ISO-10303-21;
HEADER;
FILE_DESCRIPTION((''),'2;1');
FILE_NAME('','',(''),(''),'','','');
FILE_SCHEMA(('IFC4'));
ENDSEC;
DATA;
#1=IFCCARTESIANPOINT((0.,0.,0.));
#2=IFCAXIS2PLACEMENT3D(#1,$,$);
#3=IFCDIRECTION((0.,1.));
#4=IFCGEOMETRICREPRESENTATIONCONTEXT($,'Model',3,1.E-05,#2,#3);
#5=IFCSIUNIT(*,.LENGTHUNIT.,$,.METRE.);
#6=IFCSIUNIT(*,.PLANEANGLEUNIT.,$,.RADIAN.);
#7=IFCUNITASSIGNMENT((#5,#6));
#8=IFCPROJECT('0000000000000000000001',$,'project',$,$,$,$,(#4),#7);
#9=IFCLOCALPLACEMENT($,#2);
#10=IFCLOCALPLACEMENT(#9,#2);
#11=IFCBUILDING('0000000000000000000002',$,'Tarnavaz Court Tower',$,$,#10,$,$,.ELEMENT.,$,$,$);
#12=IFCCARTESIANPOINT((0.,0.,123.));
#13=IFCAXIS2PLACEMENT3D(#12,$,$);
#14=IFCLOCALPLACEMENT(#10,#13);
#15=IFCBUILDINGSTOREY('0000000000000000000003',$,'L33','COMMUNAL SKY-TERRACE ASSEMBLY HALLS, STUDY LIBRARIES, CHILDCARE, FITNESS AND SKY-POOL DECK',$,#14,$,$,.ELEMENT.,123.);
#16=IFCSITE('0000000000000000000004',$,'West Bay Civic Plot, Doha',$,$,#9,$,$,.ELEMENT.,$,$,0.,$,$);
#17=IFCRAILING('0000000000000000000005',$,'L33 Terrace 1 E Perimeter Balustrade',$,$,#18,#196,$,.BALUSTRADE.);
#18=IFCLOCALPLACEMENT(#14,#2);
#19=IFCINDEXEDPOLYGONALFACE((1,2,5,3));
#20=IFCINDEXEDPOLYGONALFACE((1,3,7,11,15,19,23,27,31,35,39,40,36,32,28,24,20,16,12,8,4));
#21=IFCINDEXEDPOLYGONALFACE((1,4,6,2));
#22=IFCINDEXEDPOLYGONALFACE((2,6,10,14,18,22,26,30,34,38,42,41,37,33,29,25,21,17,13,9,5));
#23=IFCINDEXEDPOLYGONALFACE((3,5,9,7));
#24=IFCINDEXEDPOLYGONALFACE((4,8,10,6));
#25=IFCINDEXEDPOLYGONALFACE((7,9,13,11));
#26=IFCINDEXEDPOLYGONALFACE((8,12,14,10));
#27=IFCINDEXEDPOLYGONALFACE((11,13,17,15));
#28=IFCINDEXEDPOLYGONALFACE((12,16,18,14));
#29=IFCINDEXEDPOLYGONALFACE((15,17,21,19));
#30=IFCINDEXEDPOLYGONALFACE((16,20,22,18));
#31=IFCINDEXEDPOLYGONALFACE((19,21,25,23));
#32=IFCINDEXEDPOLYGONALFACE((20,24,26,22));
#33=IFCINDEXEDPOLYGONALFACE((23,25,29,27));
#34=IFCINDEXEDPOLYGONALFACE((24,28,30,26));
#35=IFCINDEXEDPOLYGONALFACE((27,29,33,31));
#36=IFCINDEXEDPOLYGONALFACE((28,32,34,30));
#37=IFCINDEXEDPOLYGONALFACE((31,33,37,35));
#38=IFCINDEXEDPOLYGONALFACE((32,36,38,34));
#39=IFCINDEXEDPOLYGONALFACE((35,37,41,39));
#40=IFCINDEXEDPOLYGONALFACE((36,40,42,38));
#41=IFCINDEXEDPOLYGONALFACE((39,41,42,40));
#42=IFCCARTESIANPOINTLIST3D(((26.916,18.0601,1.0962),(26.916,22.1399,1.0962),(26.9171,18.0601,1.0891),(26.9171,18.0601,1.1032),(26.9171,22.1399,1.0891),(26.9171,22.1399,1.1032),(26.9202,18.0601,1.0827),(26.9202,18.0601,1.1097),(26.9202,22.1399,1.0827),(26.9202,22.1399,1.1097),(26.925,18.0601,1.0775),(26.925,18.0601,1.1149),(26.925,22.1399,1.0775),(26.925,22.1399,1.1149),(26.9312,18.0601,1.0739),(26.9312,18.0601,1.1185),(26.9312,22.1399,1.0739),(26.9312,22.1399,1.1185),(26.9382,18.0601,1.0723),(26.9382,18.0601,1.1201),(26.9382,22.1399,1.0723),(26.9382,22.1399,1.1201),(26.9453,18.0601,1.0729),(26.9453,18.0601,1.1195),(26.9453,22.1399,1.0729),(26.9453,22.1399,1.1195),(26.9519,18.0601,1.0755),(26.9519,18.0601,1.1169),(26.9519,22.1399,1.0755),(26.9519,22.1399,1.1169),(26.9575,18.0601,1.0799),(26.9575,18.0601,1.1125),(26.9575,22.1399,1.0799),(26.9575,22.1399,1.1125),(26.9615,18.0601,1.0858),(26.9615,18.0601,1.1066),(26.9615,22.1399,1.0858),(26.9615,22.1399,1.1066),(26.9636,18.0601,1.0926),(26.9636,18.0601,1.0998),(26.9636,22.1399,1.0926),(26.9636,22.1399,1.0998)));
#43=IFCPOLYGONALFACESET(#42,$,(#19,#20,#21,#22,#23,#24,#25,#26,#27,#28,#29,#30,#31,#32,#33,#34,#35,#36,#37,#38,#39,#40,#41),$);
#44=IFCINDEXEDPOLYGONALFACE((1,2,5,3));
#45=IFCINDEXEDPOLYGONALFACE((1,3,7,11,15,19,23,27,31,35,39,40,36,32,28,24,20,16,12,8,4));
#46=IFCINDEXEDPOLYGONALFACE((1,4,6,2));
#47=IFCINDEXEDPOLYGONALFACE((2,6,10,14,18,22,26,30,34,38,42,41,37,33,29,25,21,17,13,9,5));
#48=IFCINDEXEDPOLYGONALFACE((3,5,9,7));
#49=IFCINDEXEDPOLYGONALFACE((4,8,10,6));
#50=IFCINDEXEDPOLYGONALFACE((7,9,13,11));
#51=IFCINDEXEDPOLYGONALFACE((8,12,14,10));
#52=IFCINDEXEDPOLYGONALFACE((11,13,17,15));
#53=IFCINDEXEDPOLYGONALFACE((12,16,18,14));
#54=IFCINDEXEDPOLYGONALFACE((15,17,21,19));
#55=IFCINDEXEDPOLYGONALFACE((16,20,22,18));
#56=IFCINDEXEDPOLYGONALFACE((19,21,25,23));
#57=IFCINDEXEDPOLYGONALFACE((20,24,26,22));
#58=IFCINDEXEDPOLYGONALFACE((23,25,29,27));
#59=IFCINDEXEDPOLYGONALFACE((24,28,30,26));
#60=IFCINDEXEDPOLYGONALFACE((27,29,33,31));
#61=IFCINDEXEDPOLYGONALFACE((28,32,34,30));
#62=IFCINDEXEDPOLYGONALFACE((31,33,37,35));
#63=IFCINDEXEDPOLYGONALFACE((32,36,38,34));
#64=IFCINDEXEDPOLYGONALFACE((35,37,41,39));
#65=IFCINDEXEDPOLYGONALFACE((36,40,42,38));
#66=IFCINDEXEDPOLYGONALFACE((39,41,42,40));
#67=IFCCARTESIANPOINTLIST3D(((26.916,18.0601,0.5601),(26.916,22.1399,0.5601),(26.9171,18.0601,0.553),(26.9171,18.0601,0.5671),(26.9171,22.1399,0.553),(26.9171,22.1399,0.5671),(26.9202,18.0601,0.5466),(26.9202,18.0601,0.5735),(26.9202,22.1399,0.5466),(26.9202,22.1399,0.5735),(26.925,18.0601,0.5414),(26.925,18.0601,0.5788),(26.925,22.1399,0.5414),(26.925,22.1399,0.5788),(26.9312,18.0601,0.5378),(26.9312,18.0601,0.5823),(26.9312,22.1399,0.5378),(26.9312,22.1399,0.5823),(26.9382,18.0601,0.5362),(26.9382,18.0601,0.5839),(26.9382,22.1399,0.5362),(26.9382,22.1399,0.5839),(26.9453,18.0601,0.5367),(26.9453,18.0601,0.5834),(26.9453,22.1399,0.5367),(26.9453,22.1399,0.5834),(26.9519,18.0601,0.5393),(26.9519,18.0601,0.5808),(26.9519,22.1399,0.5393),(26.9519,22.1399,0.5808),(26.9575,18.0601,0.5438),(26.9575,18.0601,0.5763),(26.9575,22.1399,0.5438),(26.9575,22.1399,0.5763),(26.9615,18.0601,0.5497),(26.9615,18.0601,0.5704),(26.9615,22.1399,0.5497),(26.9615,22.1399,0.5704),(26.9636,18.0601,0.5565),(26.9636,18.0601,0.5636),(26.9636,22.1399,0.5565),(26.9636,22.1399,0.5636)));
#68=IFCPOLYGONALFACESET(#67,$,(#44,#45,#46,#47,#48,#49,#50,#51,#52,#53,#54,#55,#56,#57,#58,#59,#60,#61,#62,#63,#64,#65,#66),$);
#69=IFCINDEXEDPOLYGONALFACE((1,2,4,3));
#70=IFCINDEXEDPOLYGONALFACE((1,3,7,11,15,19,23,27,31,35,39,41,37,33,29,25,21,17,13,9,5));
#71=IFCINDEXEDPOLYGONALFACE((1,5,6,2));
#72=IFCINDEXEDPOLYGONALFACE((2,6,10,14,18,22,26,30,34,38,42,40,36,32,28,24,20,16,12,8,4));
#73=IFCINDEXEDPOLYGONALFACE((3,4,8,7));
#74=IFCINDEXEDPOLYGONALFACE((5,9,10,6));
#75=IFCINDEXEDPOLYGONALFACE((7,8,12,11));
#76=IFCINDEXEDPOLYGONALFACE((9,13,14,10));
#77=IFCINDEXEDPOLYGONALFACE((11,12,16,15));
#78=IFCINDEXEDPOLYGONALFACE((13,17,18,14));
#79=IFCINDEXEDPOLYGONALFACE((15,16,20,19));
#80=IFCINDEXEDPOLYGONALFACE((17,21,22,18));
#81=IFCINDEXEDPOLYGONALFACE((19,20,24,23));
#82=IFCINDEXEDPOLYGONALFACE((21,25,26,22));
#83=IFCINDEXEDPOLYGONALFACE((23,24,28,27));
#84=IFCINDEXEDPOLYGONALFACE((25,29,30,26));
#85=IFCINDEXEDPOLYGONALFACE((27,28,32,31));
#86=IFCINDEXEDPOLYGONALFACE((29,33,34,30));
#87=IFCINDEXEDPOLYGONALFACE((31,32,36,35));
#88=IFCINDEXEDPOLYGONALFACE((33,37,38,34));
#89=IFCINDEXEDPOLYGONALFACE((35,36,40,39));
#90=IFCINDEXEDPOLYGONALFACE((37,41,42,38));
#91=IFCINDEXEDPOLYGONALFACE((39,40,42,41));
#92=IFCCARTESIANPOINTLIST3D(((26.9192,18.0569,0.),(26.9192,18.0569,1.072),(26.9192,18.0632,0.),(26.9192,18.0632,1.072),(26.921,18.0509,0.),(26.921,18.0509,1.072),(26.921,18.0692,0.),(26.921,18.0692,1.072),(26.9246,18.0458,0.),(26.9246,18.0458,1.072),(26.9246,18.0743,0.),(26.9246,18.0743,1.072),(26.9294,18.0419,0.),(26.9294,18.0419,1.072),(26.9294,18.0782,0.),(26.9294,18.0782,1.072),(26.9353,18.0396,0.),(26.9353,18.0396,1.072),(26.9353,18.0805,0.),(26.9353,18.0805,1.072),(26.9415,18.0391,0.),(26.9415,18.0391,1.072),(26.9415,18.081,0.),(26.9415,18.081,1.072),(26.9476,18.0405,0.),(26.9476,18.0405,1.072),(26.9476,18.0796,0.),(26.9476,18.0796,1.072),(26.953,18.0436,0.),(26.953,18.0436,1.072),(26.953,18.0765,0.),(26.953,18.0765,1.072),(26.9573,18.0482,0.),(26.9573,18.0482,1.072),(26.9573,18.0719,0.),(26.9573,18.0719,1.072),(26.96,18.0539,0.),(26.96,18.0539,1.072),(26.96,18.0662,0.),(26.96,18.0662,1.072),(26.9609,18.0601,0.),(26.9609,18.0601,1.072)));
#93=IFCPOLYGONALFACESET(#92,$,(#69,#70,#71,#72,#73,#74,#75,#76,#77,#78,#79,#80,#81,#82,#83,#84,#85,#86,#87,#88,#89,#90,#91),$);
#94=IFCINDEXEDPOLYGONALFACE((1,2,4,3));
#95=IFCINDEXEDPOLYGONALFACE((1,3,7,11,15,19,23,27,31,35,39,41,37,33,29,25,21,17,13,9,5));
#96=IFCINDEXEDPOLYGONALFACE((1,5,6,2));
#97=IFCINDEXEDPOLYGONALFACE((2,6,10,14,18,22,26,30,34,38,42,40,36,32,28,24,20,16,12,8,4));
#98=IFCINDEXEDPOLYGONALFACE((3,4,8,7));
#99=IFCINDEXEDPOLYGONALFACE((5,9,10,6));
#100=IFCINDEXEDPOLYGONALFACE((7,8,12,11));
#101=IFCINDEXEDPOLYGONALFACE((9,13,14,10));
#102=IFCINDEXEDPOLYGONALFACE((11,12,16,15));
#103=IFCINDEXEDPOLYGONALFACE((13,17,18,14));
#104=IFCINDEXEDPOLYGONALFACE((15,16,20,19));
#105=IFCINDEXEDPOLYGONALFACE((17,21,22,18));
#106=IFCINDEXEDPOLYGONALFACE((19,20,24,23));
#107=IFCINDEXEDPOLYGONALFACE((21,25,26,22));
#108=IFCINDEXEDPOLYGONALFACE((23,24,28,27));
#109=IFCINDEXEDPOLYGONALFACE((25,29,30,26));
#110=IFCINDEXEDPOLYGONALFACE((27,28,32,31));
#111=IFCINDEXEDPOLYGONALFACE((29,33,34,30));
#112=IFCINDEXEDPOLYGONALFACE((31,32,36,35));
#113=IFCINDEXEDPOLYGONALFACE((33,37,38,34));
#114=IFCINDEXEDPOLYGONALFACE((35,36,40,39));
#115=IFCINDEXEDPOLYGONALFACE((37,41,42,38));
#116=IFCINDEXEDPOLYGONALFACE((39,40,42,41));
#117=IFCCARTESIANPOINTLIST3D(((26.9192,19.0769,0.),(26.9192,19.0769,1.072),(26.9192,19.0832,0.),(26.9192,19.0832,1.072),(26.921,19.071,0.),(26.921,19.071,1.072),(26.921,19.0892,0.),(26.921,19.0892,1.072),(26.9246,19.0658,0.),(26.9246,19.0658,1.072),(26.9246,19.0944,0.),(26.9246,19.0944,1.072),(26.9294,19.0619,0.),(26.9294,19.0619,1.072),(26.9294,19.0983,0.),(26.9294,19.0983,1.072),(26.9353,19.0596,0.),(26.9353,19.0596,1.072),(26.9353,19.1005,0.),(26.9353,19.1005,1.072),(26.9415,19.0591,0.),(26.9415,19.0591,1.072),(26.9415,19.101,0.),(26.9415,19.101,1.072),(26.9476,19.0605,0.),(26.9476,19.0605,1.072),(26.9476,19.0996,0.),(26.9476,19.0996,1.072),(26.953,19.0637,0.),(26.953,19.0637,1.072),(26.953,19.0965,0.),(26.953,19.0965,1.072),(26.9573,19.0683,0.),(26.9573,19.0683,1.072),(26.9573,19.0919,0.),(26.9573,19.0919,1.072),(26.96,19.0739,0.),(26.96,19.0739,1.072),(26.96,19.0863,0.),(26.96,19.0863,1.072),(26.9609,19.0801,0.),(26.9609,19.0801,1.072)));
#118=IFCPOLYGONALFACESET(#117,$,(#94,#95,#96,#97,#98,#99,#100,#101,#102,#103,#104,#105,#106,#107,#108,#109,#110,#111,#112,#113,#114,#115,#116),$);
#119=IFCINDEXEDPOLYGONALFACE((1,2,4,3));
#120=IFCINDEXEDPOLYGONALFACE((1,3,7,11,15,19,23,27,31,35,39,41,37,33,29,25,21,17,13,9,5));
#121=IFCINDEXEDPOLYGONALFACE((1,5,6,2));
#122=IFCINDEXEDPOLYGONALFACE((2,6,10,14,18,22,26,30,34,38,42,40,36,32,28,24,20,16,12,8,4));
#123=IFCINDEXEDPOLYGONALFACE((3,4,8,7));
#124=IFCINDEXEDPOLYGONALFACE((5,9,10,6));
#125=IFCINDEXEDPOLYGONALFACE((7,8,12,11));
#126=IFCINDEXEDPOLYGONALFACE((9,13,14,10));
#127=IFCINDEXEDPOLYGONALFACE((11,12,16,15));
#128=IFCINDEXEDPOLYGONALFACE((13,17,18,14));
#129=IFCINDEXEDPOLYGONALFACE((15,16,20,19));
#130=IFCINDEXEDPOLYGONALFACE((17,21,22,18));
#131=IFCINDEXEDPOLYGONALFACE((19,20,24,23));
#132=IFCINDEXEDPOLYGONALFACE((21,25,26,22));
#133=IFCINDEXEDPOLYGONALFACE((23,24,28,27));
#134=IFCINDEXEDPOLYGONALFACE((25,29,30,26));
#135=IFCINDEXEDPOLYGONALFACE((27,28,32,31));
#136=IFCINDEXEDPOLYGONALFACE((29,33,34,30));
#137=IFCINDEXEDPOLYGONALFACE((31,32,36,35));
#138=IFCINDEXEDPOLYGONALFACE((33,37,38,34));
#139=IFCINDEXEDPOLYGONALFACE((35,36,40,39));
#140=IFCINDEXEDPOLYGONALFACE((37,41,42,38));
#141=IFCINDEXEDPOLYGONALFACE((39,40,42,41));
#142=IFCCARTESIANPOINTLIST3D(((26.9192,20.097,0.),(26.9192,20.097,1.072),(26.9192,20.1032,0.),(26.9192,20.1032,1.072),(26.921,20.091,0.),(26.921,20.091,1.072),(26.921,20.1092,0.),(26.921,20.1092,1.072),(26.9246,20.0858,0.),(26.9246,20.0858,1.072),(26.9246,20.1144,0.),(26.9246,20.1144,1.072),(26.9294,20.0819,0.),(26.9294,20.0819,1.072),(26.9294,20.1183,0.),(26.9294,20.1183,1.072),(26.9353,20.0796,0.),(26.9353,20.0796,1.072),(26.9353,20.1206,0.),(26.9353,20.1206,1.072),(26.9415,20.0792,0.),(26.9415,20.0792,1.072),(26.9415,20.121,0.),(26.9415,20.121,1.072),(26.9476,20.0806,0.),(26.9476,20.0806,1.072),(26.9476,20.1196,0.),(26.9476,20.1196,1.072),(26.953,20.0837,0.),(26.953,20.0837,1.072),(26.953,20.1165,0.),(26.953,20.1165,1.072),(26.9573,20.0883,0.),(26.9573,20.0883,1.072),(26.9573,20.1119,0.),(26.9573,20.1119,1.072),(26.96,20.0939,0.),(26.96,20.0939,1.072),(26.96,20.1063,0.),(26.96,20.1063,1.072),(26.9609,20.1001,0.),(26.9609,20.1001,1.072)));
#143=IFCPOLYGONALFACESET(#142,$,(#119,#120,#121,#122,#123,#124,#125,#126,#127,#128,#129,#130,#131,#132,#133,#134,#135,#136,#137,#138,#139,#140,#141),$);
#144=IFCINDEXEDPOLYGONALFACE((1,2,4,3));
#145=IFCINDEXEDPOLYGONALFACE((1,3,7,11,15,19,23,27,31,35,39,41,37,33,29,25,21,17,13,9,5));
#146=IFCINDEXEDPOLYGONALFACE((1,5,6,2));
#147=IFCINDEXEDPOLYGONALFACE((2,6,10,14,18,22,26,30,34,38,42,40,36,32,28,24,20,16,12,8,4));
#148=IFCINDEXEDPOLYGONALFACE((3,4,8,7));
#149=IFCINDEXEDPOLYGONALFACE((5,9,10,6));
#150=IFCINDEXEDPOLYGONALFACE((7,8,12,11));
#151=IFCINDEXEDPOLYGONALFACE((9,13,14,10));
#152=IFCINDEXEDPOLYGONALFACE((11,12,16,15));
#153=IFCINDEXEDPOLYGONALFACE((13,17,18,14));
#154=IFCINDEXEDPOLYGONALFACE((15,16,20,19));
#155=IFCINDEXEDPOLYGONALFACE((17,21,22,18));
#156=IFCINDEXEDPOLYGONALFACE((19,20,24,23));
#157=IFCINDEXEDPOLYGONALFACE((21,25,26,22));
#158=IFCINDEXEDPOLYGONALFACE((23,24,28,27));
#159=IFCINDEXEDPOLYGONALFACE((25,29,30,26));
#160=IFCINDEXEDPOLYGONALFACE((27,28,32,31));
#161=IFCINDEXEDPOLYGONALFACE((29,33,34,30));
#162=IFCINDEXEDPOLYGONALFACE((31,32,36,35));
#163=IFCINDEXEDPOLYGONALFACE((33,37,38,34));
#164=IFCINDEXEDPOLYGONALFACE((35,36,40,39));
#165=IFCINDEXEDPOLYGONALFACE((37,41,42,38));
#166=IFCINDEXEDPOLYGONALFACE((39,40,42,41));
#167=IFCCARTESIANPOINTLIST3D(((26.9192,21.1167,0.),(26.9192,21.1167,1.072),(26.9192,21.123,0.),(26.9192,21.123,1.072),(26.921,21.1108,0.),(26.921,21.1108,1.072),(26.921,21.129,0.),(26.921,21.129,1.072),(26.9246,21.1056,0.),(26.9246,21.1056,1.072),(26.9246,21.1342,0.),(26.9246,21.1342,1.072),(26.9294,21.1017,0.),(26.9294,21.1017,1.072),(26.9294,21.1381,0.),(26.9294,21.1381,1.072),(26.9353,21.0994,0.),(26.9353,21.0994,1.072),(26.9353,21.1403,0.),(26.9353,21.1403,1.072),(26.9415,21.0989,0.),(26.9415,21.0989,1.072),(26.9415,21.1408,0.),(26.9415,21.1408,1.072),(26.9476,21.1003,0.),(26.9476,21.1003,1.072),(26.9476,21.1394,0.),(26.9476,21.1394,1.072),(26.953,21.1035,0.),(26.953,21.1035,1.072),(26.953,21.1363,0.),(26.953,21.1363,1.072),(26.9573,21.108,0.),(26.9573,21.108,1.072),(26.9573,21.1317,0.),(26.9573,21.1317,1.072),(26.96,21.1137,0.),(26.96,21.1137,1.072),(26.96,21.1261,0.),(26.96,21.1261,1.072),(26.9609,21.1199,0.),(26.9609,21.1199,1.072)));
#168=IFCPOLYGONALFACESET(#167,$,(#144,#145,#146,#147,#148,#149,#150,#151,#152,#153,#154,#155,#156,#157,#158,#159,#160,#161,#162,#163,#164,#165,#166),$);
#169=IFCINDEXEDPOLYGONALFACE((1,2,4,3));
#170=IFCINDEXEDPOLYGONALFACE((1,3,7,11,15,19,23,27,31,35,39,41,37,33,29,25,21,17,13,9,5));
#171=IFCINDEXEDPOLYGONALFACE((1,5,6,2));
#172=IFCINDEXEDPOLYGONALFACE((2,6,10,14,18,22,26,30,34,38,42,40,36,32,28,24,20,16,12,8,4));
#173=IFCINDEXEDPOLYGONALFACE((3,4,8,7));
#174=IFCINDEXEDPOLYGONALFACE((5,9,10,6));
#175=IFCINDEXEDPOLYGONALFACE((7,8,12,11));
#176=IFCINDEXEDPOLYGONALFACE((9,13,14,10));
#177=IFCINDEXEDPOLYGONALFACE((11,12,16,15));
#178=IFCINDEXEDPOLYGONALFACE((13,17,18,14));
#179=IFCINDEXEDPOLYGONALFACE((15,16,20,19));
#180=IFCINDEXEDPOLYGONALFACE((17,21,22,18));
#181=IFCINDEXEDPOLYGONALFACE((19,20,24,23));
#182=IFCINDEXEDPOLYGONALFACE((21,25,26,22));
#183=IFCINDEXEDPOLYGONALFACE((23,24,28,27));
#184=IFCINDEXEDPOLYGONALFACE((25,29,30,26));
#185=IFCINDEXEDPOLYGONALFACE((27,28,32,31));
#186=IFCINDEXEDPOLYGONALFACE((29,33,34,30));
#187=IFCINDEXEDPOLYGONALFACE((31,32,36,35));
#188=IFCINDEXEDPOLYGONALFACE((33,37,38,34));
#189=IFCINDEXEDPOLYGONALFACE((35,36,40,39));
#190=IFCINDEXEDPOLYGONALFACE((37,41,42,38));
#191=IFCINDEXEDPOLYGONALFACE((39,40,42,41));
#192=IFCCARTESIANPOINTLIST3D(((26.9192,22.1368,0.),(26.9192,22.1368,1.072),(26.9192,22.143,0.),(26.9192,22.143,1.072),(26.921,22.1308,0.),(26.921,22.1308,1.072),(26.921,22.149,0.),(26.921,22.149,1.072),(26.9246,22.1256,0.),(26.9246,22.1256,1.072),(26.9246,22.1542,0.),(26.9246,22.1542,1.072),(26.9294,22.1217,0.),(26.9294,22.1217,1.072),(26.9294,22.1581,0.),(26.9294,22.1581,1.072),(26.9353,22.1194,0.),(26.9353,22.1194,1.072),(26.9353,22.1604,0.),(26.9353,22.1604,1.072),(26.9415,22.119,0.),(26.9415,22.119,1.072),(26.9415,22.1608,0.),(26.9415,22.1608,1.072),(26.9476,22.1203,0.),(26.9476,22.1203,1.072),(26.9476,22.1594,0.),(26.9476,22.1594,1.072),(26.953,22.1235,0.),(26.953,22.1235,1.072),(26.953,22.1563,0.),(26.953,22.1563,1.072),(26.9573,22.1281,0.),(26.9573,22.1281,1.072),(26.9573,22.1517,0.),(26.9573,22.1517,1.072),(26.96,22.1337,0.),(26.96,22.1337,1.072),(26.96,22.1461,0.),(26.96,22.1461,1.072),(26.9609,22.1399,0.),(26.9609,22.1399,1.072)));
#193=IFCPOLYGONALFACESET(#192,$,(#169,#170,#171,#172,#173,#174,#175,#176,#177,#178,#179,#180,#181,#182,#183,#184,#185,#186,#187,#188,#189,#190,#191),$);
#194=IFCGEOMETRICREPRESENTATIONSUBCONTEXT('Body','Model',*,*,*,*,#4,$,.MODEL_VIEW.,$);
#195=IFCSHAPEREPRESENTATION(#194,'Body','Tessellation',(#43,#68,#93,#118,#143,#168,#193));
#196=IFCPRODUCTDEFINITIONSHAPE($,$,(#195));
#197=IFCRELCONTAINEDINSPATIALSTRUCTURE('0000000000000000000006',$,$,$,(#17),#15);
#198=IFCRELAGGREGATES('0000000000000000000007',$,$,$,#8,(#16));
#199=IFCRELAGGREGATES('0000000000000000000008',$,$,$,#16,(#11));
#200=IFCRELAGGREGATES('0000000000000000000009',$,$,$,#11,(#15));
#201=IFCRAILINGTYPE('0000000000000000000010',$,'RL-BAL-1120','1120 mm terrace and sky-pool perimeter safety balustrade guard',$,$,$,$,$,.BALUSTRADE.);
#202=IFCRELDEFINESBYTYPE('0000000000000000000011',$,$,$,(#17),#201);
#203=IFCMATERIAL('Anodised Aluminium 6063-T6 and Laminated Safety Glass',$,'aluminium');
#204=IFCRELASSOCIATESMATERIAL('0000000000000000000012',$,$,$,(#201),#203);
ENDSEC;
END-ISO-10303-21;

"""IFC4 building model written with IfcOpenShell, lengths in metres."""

from ifc_helpers import new_model, si_unit, direction, frame, origin, origin_2d, place, context, subcontext, project, spatial, circle, extrude, material, type_object, element, save


model = new_model("IFC4")

# Units and contexts
model_context = context("Model", 3, precision=1e-05, world=origin(), true_north=direction((0.0, 1.0)))
body_context = subcontext(model_context, "Body", "Model", "MODEL_VIEW")
ifc_project = project(units=[si_unit("LENGTHUNIT", "METRE"), si_unit("PLANEANGLEUNIT", "RADIAN")], contexts=[model_context])

# Site, building, storey
site_placement = place(None, origin())
site = spatial("IfcSite", under=ifc_project, at=site_placement, Name="West Bay Civic Plot, Doha", CompositionType="ELEMENT", RefElevation=0.0)
building_placement = place(site_placement, origin())
building = spatial("IfcBuilding", under=site, at=building_placement, Name="Tarnavaz Court Tower", CompositionType="ELEMENT")
storey_placement = place(building_placement, frame((0.0, 0.0, 123.0)))
storey = spatial("IfcBuildingStorey", under=building, at=storey_placement, Name="L33", Description="COMMUNAL SKY-TERRACE ASSEMBLY HALLS, STUDY LIBRARIES, CHILDCARE, FITNESS AND SKY-POOL DECK", CompositionType="ELEMENT", Elevation=123.0)

# Railing
ifc_material_1 = material(Name="Anodised Aluminium 6063-T6 and Laminated Safety Glass", Category="aluminium")
railing_type = type_object("IfcRailingType", Name="RL-BAL-1120", Description="1120 mm terrace and sky-pool perimeter safety balustrade guard", PredefinedType="BALUSTRADE", material=ifc_material_1)
railing_1_placement = place(storey_placement, frame((26.9399, 18.0601, 0.0)))
element("IfcRailing", 1, at=railing_1_placement, inside=storey, type_object=railing_type, Name="L33 Terrace 1 E Perimeter Balustrade", PredefinedType="BALUSTRADE", context=body_context, shape_type="SweptSolid", body=[
    extrude(circle(Radius=0.0239, at=origin_2d()), frame((0.0, 0.0, 1.0962), z_axis=(0.0, 1.0, 0.0), x_axis=(-1.0, 0.0, 0.0)), (0.0, 0.0, 1.0), 4.0798),
    extrude(circle(Radius=0.0239, at=origin_2d()), frame((0.0, 0.0, 0.5601), z_axis=(0.0, 1.0, 0.0), x_axis=(-1.0, 0.0, 0.0)), (0.0, 0.0, 1.0), 4.0798),
    extrude(circle(Radius=0.021, at=origin_2d()), origin(), (0.0, 0.0, 1.0), 1.072),
    extrude(circle(Radius=0.021, at=origin_2d()), frame((0.0, 1.02, 0.0)), (0.0, 0.0, 1.0), 1.072),
    extrude(circle(Radius=0.021, at=origin_2d()), frame((0.0, 2.04, 0.0)), (0.0, 0.0, 1.0), 1.072),
    extrude(circle(Radius=0.021, at=origin_2d()), frame((0.0, 3.0598, 0.0)), (0.0, 0.0, 1.0), 1.072),
    extrude(circle(Radius=0.021, at=origin_2d()), frame((0.0, 4.0798, 0.0)), (0.0, 0.0, 1.0), 1.072),
])

save(model, "model.ifc")
